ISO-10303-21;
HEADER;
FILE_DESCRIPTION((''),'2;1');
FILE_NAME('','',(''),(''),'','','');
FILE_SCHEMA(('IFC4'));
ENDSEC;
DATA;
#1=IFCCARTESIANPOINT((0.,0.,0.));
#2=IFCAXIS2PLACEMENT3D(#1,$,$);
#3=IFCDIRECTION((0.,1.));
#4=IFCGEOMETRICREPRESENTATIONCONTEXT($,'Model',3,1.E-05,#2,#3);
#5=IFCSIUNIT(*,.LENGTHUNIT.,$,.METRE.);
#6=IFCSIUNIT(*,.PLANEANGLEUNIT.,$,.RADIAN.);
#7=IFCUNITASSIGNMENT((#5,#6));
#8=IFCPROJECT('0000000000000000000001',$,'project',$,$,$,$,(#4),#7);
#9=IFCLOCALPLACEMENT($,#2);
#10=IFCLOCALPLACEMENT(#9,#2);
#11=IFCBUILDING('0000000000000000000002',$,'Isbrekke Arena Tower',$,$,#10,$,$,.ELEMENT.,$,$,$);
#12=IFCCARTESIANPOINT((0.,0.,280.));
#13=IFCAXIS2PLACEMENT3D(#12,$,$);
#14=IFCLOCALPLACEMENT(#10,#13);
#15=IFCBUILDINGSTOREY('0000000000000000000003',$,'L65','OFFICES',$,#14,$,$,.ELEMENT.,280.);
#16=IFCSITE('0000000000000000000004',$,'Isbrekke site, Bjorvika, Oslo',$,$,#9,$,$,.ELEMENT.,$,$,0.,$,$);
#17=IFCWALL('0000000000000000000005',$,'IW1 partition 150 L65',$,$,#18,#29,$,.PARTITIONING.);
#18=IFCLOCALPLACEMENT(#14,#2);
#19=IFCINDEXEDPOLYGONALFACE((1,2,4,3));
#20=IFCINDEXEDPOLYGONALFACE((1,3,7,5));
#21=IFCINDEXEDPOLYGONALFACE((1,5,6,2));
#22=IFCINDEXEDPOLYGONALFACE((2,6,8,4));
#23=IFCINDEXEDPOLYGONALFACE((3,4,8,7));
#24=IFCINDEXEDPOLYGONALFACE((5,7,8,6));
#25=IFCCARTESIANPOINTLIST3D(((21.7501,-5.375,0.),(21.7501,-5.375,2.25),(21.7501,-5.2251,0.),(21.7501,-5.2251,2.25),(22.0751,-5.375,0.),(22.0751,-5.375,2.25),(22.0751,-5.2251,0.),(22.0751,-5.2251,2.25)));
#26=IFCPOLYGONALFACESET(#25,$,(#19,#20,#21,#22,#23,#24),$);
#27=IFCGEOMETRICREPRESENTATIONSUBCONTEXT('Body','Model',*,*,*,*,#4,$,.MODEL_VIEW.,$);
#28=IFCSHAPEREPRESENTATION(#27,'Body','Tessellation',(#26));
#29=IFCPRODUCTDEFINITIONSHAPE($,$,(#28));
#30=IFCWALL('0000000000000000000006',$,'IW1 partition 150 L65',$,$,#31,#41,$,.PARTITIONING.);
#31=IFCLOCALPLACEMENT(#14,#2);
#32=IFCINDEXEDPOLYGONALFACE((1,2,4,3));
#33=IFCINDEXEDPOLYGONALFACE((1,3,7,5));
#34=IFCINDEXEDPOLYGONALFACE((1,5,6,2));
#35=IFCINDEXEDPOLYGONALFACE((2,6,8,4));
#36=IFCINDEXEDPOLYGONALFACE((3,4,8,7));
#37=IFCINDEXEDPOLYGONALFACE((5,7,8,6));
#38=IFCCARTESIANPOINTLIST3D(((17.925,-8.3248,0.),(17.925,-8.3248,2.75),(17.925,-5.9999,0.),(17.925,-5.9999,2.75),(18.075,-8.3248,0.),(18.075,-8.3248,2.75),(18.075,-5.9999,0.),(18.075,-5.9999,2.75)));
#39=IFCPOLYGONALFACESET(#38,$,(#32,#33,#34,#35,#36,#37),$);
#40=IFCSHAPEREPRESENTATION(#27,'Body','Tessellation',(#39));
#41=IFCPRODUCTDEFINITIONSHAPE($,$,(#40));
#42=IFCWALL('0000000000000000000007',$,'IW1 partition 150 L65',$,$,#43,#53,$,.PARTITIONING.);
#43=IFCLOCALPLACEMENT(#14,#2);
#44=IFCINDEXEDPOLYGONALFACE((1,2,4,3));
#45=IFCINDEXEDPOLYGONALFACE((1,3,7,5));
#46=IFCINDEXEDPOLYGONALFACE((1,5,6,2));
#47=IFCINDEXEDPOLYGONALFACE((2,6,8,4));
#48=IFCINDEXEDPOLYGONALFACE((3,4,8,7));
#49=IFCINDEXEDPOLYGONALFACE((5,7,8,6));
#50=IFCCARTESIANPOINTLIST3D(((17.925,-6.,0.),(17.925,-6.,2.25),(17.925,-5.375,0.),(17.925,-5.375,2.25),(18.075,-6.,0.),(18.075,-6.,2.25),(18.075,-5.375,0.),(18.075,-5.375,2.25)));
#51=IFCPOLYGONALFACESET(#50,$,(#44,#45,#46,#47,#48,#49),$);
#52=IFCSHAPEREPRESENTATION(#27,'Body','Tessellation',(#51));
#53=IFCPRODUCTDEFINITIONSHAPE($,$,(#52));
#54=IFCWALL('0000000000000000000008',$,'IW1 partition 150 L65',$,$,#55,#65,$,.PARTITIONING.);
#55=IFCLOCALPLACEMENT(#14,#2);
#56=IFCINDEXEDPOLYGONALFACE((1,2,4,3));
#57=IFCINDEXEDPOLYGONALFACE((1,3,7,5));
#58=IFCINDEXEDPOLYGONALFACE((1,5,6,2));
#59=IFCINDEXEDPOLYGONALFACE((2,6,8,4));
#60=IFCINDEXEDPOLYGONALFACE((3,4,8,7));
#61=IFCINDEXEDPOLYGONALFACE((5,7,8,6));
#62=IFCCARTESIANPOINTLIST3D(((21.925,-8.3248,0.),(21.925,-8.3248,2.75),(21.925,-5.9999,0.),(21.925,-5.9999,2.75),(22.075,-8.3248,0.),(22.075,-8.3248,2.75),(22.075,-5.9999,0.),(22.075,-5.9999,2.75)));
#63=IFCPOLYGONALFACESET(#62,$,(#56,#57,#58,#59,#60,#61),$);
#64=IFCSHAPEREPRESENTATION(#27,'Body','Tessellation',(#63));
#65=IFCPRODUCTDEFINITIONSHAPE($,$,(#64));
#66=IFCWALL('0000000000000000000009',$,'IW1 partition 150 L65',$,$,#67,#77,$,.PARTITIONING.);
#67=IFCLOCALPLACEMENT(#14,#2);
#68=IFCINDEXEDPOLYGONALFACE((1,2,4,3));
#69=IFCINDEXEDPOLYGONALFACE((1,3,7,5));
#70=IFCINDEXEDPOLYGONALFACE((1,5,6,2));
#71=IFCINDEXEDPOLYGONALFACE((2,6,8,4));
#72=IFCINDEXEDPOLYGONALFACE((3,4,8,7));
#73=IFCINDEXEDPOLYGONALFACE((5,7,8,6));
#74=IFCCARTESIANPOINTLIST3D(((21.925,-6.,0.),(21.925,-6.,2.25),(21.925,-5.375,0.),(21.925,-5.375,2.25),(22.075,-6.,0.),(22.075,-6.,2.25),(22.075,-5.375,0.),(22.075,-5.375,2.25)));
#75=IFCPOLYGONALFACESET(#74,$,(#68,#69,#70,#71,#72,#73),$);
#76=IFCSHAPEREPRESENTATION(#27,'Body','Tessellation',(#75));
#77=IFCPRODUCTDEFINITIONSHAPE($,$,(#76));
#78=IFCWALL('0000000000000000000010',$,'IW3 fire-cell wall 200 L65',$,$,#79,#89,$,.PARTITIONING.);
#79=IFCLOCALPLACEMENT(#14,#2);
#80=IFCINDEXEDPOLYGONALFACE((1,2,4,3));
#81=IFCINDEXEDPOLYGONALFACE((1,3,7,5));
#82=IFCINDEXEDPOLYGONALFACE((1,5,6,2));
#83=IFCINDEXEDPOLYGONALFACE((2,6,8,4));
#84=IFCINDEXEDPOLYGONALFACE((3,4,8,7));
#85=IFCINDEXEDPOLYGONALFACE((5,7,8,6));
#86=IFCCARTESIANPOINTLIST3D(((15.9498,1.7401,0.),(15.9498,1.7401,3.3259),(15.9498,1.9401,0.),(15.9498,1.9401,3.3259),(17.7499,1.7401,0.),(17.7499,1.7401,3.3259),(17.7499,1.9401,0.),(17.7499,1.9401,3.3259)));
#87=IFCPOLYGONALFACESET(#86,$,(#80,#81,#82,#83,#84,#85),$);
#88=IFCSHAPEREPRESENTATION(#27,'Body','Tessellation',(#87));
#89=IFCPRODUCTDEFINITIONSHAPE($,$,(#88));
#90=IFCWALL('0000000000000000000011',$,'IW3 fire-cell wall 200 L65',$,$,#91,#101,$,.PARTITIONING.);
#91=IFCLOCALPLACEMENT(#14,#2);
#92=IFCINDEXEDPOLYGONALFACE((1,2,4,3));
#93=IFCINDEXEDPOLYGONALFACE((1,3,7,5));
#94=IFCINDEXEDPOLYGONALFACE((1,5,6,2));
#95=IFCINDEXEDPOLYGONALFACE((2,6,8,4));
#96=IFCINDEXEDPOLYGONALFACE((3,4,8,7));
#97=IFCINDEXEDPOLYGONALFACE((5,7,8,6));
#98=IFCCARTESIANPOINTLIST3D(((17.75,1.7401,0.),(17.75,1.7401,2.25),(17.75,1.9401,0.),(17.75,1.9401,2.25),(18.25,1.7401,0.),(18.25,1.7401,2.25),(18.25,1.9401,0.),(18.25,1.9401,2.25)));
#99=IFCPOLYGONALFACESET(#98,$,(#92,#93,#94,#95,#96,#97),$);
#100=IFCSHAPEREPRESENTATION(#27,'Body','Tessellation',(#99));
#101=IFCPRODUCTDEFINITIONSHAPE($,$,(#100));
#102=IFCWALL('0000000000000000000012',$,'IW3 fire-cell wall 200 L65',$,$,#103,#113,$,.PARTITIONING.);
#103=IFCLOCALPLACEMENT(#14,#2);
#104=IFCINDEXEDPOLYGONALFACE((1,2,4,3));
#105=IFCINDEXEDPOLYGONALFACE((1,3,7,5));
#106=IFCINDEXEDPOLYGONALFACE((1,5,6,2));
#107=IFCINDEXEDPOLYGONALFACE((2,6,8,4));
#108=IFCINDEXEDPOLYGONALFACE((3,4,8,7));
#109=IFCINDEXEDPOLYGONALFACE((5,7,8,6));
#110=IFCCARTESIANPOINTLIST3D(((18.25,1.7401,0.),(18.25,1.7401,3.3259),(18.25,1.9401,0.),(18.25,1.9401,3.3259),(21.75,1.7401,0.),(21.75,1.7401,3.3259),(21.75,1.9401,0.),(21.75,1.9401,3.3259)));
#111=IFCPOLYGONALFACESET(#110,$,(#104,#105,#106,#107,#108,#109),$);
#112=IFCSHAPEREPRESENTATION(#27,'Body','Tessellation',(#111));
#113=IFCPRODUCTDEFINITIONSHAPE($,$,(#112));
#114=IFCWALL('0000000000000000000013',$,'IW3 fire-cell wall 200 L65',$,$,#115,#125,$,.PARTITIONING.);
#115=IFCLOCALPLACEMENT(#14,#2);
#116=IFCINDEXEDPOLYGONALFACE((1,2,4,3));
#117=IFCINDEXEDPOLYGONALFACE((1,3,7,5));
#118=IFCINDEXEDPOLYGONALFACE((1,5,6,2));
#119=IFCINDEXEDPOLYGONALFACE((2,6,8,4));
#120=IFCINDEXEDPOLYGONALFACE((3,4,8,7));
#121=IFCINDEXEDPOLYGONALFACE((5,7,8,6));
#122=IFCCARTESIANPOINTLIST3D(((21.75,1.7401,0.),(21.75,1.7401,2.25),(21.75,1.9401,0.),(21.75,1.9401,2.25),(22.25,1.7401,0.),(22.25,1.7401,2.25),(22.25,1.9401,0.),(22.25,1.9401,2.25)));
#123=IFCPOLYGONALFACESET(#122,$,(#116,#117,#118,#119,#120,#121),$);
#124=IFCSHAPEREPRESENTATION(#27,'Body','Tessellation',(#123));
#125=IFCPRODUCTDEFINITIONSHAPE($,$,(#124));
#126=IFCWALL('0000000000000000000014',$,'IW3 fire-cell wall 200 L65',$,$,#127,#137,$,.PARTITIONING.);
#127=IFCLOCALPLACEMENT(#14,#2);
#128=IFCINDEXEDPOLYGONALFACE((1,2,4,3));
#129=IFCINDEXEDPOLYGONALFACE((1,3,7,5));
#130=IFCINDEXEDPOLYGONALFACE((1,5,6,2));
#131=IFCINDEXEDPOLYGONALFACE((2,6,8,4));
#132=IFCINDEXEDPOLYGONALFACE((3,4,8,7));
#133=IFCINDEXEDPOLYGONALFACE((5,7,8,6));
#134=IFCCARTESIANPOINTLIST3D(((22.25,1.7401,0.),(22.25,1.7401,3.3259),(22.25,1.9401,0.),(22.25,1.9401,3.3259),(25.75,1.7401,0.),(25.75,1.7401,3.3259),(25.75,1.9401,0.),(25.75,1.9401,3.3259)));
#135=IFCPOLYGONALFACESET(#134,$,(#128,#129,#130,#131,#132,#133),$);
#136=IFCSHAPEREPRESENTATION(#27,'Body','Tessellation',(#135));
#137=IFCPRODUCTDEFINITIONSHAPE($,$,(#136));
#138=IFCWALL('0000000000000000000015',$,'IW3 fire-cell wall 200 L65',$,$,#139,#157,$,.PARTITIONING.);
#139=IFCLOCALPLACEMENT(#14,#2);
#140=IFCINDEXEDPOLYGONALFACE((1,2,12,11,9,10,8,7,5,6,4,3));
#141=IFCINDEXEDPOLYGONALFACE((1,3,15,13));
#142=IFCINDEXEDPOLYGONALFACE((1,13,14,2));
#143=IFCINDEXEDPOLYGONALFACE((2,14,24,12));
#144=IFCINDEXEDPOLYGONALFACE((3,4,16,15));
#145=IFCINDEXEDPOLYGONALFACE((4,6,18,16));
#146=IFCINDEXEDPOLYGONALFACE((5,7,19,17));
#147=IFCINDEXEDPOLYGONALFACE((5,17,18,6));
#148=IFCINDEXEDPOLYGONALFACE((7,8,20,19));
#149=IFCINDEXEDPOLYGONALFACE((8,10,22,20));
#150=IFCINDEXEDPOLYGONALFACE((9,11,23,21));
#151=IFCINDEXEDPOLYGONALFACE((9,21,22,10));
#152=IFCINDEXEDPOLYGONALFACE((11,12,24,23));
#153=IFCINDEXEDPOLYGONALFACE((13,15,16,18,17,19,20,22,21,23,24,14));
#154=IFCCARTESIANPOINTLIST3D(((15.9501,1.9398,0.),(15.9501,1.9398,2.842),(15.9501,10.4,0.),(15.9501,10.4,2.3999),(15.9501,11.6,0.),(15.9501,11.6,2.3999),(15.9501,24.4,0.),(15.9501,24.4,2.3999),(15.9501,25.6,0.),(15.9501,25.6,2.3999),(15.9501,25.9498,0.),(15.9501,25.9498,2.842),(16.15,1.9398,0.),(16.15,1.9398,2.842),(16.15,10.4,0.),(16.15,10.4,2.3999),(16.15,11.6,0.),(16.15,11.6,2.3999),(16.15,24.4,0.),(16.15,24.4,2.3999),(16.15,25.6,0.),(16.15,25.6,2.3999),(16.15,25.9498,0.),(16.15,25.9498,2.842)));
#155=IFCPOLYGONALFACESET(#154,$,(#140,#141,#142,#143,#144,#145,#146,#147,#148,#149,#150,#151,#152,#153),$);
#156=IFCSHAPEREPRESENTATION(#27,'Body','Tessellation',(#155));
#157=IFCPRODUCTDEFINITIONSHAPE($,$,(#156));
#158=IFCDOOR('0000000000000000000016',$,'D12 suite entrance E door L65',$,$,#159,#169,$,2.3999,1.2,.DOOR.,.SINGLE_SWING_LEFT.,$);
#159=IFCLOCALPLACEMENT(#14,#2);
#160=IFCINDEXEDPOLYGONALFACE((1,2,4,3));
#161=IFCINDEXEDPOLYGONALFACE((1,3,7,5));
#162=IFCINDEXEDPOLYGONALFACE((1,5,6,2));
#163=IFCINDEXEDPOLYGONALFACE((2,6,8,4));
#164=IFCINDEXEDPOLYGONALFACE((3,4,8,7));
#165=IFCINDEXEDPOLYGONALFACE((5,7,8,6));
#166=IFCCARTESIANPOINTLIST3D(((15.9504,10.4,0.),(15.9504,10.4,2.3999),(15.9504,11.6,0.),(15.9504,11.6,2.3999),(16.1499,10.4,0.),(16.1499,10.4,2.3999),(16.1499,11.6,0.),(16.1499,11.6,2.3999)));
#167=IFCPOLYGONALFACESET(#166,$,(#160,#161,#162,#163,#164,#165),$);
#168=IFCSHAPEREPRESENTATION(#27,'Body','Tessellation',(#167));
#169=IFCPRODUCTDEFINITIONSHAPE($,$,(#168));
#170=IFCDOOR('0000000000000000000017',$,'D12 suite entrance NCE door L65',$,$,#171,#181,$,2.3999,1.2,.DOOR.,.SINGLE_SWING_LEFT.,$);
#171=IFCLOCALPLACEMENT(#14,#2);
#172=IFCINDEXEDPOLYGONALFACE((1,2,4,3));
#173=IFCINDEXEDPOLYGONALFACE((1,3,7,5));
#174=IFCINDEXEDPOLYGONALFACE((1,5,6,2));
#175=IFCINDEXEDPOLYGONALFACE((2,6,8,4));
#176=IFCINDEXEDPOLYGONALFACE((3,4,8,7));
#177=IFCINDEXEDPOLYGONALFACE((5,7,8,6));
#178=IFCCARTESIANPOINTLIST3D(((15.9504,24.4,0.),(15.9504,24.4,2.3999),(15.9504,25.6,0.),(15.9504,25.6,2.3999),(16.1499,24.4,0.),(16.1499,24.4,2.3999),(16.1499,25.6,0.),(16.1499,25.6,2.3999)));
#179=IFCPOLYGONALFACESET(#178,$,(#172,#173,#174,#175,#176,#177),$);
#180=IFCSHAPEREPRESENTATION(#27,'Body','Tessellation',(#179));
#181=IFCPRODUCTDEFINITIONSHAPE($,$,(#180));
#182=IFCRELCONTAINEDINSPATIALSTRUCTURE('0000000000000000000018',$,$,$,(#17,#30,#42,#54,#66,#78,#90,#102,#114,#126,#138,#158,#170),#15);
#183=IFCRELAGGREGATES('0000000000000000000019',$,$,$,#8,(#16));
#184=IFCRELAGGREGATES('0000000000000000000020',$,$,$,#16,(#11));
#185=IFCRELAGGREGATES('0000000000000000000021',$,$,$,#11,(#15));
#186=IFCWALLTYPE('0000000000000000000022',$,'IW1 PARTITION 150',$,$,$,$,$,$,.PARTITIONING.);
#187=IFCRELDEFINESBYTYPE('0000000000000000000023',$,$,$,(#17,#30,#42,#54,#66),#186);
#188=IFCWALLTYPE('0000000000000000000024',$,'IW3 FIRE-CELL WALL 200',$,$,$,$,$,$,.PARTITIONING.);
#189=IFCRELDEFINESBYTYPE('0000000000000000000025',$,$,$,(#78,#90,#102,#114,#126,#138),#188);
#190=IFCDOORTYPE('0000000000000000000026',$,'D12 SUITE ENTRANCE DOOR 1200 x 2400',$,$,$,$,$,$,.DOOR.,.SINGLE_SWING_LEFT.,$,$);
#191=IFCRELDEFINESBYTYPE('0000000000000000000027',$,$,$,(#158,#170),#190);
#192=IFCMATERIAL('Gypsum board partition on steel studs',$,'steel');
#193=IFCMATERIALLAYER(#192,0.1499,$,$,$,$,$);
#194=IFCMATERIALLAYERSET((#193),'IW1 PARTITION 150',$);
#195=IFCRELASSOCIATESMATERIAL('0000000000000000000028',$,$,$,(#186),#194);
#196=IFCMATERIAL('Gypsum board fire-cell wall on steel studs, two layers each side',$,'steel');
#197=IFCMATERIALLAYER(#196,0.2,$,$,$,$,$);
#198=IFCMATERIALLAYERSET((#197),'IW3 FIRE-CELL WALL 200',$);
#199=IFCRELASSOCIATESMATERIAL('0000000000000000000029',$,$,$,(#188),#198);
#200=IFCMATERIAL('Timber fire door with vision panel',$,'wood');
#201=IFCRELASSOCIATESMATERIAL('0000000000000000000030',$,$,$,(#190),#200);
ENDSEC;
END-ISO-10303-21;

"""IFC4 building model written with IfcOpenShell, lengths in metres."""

from ifc_helpers import new_model, si_unit, direction, frame, frame_2d, origin, place, context, subcontext, project, spatial, rectangle, extrude, material, layer, layer_set, type_object, element, fill, save


model = new_model("IFC4")

# Units and contexts
model_context = context("Model", 3, precision=1e-05, world=origin(), true_north=direction((0.0, 1.0)))
body_context = subcontext(model_context, "Body", "Model", "MODEL_VIEW")
ifc_project = project(units=[si_unit("LENGTHUNIT", "METRE"), si_unit("PLANEANGLEUNIT", "RADIAN")], contexts=[model_context])

# Site, building, storey
site_placement = place(None, origin())
site = spatial("IfcSite", under=ifc_project, at=site_placement, Name="Isbrekke site, Bjorvika, Oslo", CompositionType="ELEMENT", RefElevation=0.0)
building_placement = place(site_placement, origin())
building = spatial("IfcBuilding", under=site, at=building_placement, Name="Isbrekke Arena Tower", CompositionType="ELEMENT")
storey_placement = place(building_placement, frame((0.0, 0.0, 280.0)))
storey = spatial("IfcBuildingStorey", under=building, at=storey_placement, Name="L65", Description="OFFICES", CompositionType="ELEMENT", Elevation=280.0)

# Shared definitions
ifc_material_1 = material(Name="Gypsum board partition on steel studs", Category="steel")
ifc_layer_1 = layer(ifc_material_1, 0.1499)
ifc_layer_set_1 = layer_set([ifc_layer_1], Name="IW1 PARTITION 150")
wall_type_1 = type_object("IfcWallType", Name="IW1 PARTITION 150", PredefinedType="PARTITIONING", material=ifc_layer_set_1)

# Walls
wall_1_placement = place(storey_placement, frame((21.75, -5.3, 0.0), z_axis=(0.0, 0.0, 1.0), x_axis=(1.0, 0.0, 0.0)))
element("IfcWall", 1, at=wall_1_placement, inside=storey, type_object=wall_type_1, Name="IW1 partition 150 L65", PredefinedType="PARTITIONING", context=body_context, shape_type="SweptSolid", body=[
    extrude(rectangle(XDim=0.325, YDim=0.1499, at=frame_2d((0.1626, 0.0))), origin(), (0.0, 0.0, 1.0), 2.25),
])
wall_2_placement = place(storey_placement, frame((18.0, -8.325, 0.0), z_axis=(0.0, 0.0, 1.0), x_axis=(0.0, 1.0, 0.0)))
element("IfcWall", 2, at=wall_2_placement, inside=storey, type_object=wall_type_1, Name="IW1 partition 150 L65", PredefinedType="PARTITIONING", context=body_context, shape_type="SweptSolid", body=[
    extrude(rectangle(XDim=2.325, YDim=0.1499, at=frame_2d((1.1626, 0.0))), origin(), (0.0, 0.0, 1.0), 2.75),
])
wall_3_placement = place(storey_placement, frame((18.0, -6.0, 0.0), z_axis=(0.0, 0.0, 1.0), x_axis=(0.0, 1.0, 0.0)))
element("IfcWall", 3, at=wall_3_placement, inside=storey, type_object=wall_type_1, Name="IW1 partition 150 L65", PredefinedType="PARTITIONING", context=body_context, shape_type="SweptSolid", body=[
    extrude(rectangle(XDim=0.625, YDim=0.1499, at=frame_2d((0.3125, 0.0))), origin(), (0.0, 0.0, 1.0), 2.25),
])
wall_4_placement = place(storey_placement, frame((22.0, -8.325, 0.0), z_axis=(0.0, 0.0, 1.0), x_axis=(0.0, 1.0, 0.0)))
element("IfcWall", 4, at=wall_4_placement, inside=storey, type_object=wall_type_1, Name="IW1 partition 150 L65", PredefinedType="PARTITIONING", context=body_context, shape_type="SweptSolid", body=[
    extrude(rectangle(XDim=2.325, YDim=0.1499, at=frame_2d((1.1626, 0.0))), origin(), (0.0, 0.0, 1.0), 2.75),
])
wall_5_placement = place(storey_placement, frame((22.0, -6.0, 0.0), z_axis=(0.0, 0.0, 1.0), x_axis=(0.0, 1.0, 0.0)))
element("IfcWall", 5, at=wall_5_placement, inside=storey, type_object=wall_type_1, Name="IW1 partition 150 L65", PredefinedType="PARTITIONING", context=body_context, shape_type="SweptSolid", body=[
    extrude(rectangle(XDim=0.625, YDim=0.1499, at=frame_2d((0.3125, 0.0))), origin(), (0.0, 0.0, 1.0), 2.25),
])
ifc_material_2 = material(Name="Gypsum board fire-cell wall on steel studs, two layers each side", Category="steel")
ifc_layer_2 = layer(ifc_material_2, 0.2)
ifc_layer_set_2 = layer_set([ifc_layer_2], Name="IW3 FIRE-CELL WALL 200")
wall_type_2 = type_object("IfcWallType", Name="IW3 FIRE-CELL WALL 200", PredefinedType="PARTITIONING", material=ifc_layer_set_2)
wall_6_placement = place(storey_placement, frame((15.95, 1.8401, 0.0), z_axis=(0.0, 0.0, 1.0), x_axis=(1.0, 0.0, 0.0)))
element("IfcWall", 6, at=wall_6_placement, inside=storey, type_object=wall_type_2, Name="IW3 fire-cell wall 200 L65", PredefinedType="PARTITIONING", context=body_context, shape_type="SweptSolid", body=[
    extrude(rectangle(XDim=1.8, YDim=0.2, at=frame_2d((0.8999, 0.0))), origin(), (0.0, 0.0, 1.0), 3.3259),
])
wall_7_placement = place(storey_placement, frame((17.75, 1.8401, 0.0), z_axis=(0.0, 0.0, 1.0), x_axis=(1.0, 0.0, 0.0)))
element("IfcWall", 7, at=wall_7_placement, inside=storey, type_object=wall_type_2, Name="IW3 fire-cell wall 200 L65", PredefinedType="PARTITIONING", context=body_context, shape_type="SweptSolid", body=[
    extrude(rectangle(XDim=0.5, YDim=0.2, at=frame_2d((0.25, 0.0))), origin(), (0.0, 0.0, 1.0), 2.25),
])
wall_8_placement = place(storey_placement, frame((18.25, 1.8401, 0.0), z_axis=(0.0, 0.0, 1.0), x_axis=(1.0, 0.0, 0.0)))
element("IfcWall", 8, at=wall_8_placement, inside=storey, type_object=wall_type_2, Name="IW3 fire-cell wall 200 L65", PredefinedType="PARTITIONING", context=body_context, shape_type="SweptSolid", body=[
    extrude(rectangle(XDim=3.5, YDim=0.2, at=frame_2d((1.75, 0.0))), origin(), (0.0, 0.0, 1.0), 3.3259),
])
wall_9_placement = place(storey_placement, frame((21.75, 1.8401, 0.0), z_axis=(0.0, 0.0, 1.0), x_axis=(1.0, 0.0, 0.0)))
element("IfcWall", 9, at=wall_9_placement, inside=storey, type_object=wall_type_2, Name="IW3 fire-cell wall 200 L65", PredefinedType="PARTITIONING", context=body_context, shape_type="SweptSolid", body=[
    extrude(rectangle(XDim=0.5, YDim=0.2, at=frame_2d((0.25, 0.0))), origin(), (0.0, 0.0, 1.0), 2.25),
])
wall_10_placement = place(storey_placement, frame((22.25, 1.8401, 0.0), z_axis=(0.0, 0.0, 1.0), x_axis=(1.0, 0.0, 0.0)))
element("IfcWall", 10, at=wall_10_placement, inside=storey, type_object=wall_type_2, Name="IW3 fire-cell wall 200 L65", PredefinedType="PARTITIONING", context=body_context, shape_type="SweptSolid", body=[
    extrude(rectangle(XDim=3.5, YDim=0.2, at=frame_2d((1.75, 0.0))), origin(), (0.0, 0.0, 1.0), 3.3259),
])

# Wall, openings, doors
wall_11_placement = place(storey_placement, frame((16.05, 1.9399, 0.0), z_axis=(0.0, 0.0, 1.0), x_axis=(0.0, 1.0, 0.0)))
wall_11 = element("IfcWall", 11, at=wall_11_placement, inside=storey, type_object=wall_type_2, Name="IW3 fire-cell wall 200 L65", PredefinedType="PARTITIONING", context=body_context, shape_type="SweptSolid", body=[
    extrude(rectangle(XDim=24.01, YDim=0.2, at=frame_2d((12.0049, 0.0))), origin(), (0.0, 0.0, 1.0), 2.842),
])
opening_1_placement = place(wall_11_placement, frame((8.46, 0.0, 0.0)))
opening_1 = element("IfcOpeningElement", 12, at=opening_1_placement, cuts=wall_11, PredefinedType="OPENING", context=body_context, shape_type="SweptSolid", body=[
    extrude(rectangle(XDim=1.2, YDim=2.3999, at=frame_2d((0.6001, 1.2))), frame((0.0, 0.1147, 0.0), z_axis=(0.0, -1.0, 0.0), x_axis=(1.0, 0.0, 0.0)), (0.0, 0.0, 1.0), 0.2297),
])
opening_2_placement = place(wall_11_placement, frame((22.46, 0.0, 0.0)))
opening_2 = element("IfcOpeningElement", 13, at=opening_2_placement, cuts=wall_11, PredefinedType="OPENING", context=body_context, shape_type="SweptSolid", body=[
    extrude(rectangle(XDim=1.2, YDim=2.3999, at=frame_2d((0.6001, 1.2))), frame((0.0, 0.1147, 0.0), z_axis=(0.0, -1.0, 0.0), x_axis=(1.0, 0.0, 0.0)), (0.0, 0.0, 1.0), 0.2297),
])
ifc_material_3 = material(Name="Timber fire door with vision panel", Category="wood")
door_type_1 = type_object("IfcDoorType", Name="D12 SUITE ENTRANCE DOOR 1200 x 2400", OperationType="SINGLE_SWING_LEFT", PredefinedType="DOOR", material=ifc_material_3)
door_1_placement = place(opening_1_placement, origin())
door_1 = element("IfcDoor", 14, at=door_1_placement, inside=storey, type_object=door_type_1, Name="D12 suite entrance E door L65", OperationType="SINGLE_SWING_LEFT", OverallHeight=2.3999, OverallWidth=1.2, PredefinedType="DOOR", context=body_context, shape_type="SweptSolid", body=[
    extrude(rectangle(XDim=1.2, YDim=2.3999, at=frame_2d((0.6001, 1.2))), frame((0.0, 0.0996, 0.0), z_axis=(0.0, -1.0, 0.0), x_axis=(1.0, 0.0, 0.0)), (0.0, 0.0, 1.0), 0.1995),
])
fill(opening_1, door_1)
door_2_placement = place(opening_2_placement, origin())
door_2 = element("IfcDoor", 15, at=door_2_placement, inside=storey, type_object=door_type_1, Name="D12 suite entrance NCE door L65", OperationType="SINGLE_SWING_LEFT", OverallHeight=2.3999, OverallWidth=1.2, PredefinedType="DOOR", context=body_context, shape_type="SweptSolid", body=[
    extrude(rectangle(XDim=1.2, YDim=2.3999, at=frame_2d((0.6001, 1.2))), frame((0.0, 0.0996, 0.0), z_axis=(0.0, -1.0, 0.0), x_axis=(1.0, 0.0, 0.0)), (0.0, 0.0, 1.0), 0.1995),
])
fill(opening_2, door_2)

save(model, "model.ifc")
